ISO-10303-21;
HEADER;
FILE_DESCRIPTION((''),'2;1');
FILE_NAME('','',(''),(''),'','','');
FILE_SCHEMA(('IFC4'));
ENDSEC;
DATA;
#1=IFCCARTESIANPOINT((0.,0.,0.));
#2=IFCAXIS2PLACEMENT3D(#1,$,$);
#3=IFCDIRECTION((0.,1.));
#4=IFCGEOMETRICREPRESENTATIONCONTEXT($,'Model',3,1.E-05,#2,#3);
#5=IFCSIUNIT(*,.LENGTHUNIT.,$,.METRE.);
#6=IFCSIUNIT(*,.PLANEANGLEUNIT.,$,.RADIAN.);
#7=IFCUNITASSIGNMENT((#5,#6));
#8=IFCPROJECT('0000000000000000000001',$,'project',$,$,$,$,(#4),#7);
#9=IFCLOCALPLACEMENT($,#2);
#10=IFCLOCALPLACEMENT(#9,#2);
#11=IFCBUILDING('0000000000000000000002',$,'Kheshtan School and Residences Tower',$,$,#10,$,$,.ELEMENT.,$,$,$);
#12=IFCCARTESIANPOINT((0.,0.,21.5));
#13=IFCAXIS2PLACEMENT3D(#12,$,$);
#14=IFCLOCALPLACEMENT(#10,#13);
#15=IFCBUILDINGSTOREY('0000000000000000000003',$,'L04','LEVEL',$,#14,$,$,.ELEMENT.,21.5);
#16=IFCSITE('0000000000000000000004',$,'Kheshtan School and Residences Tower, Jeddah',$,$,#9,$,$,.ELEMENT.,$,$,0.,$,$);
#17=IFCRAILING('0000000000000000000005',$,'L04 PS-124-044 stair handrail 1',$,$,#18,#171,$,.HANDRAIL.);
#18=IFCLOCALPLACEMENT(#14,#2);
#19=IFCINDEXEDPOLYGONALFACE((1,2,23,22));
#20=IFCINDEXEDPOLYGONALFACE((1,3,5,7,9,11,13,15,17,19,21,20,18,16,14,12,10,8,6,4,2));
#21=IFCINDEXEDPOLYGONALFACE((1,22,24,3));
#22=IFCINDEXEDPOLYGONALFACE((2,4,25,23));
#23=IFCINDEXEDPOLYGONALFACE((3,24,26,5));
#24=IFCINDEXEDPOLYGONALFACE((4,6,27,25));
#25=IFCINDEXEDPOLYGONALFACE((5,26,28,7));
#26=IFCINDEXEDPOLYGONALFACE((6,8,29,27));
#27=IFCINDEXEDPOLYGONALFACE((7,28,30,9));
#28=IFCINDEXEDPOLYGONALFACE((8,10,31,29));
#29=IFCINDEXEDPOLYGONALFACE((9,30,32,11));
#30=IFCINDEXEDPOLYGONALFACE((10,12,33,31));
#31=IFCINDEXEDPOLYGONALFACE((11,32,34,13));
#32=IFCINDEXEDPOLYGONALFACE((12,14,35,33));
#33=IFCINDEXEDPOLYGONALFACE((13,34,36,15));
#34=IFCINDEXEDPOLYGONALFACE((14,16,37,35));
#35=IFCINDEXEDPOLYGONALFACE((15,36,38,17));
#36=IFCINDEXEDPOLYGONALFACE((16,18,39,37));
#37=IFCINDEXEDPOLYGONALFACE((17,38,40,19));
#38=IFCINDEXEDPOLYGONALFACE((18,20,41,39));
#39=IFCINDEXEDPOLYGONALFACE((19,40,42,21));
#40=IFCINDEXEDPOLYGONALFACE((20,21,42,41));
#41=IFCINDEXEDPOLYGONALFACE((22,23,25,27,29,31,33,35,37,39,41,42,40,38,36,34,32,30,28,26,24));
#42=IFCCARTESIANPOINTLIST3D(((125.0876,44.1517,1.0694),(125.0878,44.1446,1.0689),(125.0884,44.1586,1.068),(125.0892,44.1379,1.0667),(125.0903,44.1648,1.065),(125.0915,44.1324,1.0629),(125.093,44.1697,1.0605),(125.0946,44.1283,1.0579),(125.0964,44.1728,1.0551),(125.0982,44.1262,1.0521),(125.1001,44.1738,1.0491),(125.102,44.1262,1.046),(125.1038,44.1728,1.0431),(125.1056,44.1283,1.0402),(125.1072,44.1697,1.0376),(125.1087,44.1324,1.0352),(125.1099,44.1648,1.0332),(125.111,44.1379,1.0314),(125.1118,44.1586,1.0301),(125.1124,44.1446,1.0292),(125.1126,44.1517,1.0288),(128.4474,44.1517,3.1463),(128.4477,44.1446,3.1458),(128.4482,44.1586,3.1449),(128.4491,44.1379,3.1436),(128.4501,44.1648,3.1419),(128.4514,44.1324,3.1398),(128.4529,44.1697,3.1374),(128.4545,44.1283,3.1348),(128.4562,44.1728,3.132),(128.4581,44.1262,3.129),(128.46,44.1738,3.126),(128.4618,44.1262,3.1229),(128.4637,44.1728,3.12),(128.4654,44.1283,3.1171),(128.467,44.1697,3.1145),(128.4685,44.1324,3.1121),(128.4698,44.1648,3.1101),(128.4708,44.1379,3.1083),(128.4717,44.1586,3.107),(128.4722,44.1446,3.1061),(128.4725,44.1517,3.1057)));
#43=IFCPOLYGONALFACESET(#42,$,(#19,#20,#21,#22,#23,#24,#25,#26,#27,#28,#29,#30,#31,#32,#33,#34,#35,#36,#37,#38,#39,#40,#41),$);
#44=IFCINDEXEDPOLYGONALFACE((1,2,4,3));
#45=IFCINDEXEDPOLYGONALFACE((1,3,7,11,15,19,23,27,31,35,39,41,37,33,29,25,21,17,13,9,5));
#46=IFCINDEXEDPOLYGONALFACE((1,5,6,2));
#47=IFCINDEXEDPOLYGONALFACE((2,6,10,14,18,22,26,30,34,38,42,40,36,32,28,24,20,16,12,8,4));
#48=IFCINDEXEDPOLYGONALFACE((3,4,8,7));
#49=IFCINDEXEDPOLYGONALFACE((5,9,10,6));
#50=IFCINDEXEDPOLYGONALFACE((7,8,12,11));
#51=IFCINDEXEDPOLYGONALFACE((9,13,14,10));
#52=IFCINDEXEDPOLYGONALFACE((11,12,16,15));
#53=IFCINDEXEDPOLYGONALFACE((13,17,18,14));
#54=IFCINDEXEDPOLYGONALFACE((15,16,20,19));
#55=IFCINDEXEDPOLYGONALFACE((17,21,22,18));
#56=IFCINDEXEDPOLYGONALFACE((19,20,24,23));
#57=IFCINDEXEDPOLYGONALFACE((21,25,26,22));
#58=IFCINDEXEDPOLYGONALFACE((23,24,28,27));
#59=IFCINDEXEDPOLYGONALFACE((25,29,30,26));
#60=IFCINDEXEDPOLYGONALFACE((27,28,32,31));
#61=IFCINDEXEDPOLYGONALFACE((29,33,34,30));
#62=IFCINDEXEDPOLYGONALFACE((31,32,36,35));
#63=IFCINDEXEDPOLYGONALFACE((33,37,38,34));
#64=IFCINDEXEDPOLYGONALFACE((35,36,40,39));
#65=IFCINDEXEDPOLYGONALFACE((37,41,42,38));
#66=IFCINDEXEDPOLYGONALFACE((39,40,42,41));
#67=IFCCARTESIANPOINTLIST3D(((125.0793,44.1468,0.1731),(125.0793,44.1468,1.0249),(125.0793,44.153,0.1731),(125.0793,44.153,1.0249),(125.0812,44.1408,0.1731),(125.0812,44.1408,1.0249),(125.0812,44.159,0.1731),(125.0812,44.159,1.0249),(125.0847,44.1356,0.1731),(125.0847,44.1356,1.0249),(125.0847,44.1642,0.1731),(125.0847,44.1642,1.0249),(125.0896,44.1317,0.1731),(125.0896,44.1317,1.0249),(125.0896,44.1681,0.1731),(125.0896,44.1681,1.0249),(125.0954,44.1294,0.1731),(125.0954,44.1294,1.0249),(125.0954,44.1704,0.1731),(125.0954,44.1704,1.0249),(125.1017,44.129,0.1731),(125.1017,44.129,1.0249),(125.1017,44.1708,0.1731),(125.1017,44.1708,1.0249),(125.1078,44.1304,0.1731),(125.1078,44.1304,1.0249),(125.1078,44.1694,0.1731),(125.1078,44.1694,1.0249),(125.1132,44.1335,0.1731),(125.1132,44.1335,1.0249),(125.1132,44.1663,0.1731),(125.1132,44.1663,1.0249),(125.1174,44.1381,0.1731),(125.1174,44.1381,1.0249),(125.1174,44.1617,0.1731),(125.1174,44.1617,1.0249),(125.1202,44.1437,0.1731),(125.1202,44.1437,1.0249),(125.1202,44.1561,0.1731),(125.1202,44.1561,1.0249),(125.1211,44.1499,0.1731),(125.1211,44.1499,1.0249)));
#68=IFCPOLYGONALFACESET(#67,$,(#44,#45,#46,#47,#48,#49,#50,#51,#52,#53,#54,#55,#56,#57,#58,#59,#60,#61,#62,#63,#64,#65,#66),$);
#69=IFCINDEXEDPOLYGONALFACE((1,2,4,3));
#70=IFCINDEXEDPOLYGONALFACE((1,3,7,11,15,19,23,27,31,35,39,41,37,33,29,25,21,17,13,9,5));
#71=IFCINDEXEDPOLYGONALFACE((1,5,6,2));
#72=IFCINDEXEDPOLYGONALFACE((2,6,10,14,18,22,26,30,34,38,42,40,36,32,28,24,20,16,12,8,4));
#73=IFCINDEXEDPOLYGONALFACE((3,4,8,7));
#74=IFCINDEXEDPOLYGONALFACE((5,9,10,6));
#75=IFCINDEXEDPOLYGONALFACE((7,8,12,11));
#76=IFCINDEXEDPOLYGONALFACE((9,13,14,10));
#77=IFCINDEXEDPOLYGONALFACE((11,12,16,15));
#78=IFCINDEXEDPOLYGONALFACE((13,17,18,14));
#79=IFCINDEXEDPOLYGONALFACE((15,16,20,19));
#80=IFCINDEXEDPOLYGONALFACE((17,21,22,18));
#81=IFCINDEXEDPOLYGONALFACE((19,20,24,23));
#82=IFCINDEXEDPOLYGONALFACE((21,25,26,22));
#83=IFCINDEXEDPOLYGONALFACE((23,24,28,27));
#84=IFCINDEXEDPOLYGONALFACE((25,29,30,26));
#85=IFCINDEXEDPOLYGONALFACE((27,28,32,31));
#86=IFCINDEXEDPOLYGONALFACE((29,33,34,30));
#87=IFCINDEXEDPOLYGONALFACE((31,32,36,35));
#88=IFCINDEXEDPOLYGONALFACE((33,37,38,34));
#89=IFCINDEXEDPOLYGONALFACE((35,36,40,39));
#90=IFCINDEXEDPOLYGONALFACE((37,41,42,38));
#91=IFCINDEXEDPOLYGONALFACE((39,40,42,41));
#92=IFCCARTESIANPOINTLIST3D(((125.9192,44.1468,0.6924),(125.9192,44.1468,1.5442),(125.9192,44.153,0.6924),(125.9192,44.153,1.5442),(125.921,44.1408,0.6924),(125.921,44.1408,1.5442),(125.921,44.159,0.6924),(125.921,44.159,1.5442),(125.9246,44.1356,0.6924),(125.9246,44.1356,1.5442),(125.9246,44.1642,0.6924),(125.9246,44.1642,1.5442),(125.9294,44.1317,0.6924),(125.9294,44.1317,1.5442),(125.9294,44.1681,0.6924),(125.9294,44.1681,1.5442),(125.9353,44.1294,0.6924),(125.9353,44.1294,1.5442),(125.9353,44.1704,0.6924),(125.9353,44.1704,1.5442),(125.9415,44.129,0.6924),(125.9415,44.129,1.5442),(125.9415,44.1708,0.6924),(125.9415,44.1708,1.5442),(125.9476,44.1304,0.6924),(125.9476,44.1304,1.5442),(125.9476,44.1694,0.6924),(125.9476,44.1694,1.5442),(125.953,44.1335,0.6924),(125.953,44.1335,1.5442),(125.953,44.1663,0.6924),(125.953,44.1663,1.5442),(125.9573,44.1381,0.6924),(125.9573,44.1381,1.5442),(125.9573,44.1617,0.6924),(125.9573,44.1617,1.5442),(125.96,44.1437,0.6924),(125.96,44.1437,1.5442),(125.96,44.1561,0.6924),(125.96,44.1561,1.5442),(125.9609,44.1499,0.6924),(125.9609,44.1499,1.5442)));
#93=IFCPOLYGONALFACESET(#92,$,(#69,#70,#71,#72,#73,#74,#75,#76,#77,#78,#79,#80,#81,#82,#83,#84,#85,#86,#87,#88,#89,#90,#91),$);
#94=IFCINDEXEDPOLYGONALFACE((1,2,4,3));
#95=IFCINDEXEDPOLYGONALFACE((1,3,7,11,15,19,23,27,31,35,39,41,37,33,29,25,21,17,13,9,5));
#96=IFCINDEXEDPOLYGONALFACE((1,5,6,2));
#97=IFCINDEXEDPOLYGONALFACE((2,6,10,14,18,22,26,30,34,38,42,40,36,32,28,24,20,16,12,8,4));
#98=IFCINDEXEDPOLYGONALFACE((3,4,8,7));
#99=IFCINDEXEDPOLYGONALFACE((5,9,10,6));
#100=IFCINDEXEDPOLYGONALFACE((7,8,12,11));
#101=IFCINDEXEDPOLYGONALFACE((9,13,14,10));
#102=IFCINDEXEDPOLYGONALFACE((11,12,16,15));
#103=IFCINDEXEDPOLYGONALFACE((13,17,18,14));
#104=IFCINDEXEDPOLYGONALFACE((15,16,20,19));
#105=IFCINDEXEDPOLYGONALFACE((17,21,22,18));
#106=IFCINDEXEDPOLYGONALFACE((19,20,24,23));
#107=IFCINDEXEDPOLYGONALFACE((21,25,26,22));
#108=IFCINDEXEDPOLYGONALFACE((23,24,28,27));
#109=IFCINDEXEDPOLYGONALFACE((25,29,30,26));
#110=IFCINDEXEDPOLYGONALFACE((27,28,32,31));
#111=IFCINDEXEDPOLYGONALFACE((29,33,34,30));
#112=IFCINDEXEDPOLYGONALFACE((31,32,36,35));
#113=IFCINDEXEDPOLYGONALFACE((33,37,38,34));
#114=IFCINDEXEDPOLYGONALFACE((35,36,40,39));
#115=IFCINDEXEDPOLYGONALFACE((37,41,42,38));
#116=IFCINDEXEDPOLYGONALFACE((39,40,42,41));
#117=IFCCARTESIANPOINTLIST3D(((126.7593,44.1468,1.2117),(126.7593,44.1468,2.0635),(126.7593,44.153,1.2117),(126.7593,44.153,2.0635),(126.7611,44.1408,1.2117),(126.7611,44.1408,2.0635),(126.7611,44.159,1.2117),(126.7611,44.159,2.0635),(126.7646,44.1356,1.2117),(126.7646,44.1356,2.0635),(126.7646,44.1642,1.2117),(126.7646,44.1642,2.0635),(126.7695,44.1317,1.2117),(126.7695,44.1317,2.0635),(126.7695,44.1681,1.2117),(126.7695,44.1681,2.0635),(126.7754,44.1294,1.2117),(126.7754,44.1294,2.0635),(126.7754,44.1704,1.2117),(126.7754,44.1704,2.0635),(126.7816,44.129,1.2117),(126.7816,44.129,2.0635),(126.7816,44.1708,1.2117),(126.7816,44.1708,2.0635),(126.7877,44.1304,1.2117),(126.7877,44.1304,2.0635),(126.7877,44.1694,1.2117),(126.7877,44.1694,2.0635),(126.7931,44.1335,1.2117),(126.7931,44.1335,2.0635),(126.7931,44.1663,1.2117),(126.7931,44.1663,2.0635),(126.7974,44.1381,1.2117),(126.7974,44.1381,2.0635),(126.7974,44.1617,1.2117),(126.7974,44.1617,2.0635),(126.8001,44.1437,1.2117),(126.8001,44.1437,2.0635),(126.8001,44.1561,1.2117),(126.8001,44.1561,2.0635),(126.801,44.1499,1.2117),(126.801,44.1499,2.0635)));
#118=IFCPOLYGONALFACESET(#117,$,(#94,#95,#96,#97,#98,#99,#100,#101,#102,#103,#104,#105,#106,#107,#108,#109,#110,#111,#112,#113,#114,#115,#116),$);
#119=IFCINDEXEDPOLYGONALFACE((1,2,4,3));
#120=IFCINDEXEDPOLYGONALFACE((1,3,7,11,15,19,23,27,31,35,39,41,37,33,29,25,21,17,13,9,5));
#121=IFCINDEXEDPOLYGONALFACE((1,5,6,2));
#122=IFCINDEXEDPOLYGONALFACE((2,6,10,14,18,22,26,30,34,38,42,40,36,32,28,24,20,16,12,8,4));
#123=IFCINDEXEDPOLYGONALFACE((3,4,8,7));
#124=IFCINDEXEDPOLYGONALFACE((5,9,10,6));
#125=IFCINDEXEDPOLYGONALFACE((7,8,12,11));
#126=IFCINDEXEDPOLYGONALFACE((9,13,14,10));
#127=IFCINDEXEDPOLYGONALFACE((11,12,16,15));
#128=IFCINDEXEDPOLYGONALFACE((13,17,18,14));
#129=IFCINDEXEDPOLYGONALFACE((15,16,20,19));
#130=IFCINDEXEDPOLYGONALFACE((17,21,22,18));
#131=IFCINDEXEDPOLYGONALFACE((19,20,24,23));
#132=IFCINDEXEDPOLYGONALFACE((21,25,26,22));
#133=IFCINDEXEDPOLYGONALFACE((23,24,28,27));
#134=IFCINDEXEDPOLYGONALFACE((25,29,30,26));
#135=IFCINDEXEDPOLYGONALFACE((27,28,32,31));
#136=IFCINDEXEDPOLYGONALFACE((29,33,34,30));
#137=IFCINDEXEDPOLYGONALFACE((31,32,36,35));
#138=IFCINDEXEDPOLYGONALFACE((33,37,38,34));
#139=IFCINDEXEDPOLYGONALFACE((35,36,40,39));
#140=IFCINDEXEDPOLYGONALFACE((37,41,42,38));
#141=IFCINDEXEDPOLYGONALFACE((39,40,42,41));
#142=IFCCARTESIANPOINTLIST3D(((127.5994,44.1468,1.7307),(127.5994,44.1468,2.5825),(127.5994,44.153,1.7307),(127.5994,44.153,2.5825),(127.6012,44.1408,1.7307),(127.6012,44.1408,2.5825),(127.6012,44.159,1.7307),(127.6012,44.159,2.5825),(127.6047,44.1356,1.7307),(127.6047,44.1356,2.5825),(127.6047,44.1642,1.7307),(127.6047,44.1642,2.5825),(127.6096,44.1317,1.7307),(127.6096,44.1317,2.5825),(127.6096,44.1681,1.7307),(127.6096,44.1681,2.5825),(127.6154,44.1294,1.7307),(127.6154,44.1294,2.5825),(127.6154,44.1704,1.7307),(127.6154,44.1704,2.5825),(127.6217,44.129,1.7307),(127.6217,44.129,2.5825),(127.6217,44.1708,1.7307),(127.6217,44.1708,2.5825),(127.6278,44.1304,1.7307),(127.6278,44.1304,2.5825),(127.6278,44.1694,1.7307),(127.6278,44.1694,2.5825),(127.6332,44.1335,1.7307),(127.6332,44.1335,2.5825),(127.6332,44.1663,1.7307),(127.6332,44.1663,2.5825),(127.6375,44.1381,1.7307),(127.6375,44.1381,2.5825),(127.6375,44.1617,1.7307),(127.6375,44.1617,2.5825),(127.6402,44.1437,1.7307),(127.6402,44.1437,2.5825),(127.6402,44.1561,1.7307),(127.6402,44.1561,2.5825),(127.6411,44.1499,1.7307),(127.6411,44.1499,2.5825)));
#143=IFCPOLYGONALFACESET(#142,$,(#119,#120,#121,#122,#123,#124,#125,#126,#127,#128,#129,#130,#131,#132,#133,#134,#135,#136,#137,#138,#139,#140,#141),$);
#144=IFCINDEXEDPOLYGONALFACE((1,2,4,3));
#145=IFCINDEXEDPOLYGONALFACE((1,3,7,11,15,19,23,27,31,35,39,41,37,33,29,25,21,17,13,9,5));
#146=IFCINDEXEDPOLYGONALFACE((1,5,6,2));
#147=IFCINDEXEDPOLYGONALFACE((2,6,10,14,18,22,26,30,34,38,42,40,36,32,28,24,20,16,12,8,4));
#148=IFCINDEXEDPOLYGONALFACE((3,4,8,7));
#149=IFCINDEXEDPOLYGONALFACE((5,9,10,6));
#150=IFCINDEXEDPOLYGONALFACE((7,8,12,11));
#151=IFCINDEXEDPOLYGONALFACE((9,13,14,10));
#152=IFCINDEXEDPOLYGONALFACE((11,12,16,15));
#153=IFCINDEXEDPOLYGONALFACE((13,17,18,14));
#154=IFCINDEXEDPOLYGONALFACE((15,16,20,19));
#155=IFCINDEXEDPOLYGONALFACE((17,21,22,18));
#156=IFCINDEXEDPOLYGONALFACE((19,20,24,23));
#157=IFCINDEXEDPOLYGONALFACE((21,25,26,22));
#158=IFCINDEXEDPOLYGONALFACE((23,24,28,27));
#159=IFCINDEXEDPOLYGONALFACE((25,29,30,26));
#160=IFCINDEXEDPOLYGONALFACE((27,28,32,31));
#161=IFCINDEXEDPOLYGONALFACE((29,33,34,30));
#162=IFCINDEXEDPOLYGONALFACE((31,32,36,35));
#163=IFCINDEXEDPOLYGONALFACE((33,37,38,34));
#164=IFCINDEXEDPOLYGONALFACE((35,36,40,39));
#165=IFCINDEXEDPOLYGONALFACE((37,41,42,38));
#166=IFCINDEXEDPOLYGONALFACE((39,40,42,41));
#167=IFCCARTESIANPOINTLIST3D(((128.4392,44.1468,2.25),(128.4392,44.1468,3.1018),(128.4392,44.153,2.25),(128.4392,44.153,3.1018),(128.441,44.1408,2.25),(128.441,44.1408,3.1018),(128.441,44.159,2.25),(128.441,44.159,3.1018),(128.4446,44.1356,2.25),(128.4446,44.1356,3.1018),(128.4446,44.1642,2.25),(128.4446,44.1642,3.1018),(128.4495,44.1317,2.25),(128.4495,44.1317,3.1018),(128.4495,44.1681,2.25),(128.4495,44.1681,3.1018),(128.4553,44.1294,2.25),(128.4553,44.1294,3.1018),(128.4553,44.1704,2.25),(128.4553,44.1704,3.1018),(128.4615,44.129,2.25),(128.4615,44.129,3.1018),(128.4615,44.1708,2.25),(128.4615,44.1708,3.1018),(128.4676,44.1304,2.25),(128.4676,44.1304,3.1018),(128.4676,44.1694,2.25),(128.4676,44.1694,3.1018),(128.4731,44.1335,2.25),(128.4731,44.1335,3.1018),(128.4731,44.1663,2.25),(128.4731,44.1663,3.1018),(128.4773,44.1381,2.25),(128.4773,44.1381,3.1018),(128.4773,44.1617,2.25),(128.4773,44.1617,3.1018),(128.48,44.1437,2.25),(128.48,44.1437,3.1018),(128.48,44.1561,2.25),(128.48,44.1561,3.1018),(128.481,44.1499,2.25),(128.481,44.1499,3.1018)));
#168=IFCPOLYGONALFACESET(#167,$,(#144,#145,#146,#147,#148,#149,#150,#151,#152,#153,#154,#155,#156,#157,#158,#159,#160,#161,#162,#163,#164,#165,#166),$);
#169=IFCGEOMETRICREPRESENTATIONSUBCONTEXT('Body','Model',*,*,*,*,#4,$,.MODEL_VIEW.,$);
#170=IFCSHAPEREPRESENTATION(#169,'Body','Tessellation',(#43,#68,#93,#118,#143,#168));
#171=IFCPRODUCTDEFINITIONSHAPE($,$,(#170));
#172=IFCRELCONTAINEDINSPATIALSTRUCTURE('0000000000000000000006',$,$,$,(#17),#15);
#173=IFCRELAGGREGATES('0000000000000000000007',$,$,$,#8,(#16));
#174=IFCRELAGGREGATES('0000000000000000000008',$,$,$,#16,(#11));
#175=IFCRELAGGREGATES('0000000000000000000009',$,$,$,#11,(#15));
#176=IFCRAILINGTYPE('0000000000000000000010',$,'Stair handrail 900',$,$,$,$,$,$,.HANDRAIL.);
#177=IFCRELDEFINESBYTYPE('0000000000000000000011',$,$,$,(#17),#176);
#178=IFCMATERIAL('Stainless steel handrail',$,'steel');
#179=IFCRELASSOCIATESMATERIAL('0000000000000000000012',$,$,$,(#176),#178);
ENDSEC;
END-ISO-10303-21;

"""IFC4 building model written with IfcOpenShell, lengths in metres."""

from ifc_helpers import new_model, si_unit, direction, frame, origin, origin_2d, place, context, subcontext, project, spatial, circle, extrude, material, type_object, element, save


model = new_model("IFC4")

# Units and contexts
model_context = context("Model", 3, precision=1e-05, world=origin(), true_north=direction((0.0, 1.0)))
body_context = subcontext(model_context, "Body", "Model", "MODEL_VIEW")
ifc_project = project(units=[si_unit("LENGTHUNIT", "METRE"), si_unit("PLANEANGLEUNIT", "RADIAN")], contexts=[model_context])

# Site, building, storey
site_placement = place(None, origin())
site = spatial("IfcSite", under=ifc_project, at=site_placement, Name="Kheshtan School and Residences Tower, Jeddah", CompositionType="ELEMENT", RefElevation=0.0)
building_placement = place(site_placement, origin())
building = spatial("IfcBuilding", under=site, at=building_placement, Name="Kheshtan School and Residences Tower", CompositionType="ELEMENT")
storey_placement = place(building_placement, frame((0.0, 0.0, 21.5)))
storey = spatial("IfcBuildingStorey", under=building, at=storey_placement, Name="L04", Description="LEVEL", CompositionType="ELEMENT", Elevation=21.5)

# Railing
ifc_material_1 = material(Name="Stainless steel handrail", Category="steel")
railing_type_1 = type_object("IfcRailingType", Name="Stair handrail 900", PredefinedType="HANDRAIL", material=ifc_material_1)
railing_1_placement = place(storey_placement, frame((125.1001, 44.1499, 0.1731)))
element("IfcRailing", 1, at=railing_1_placement, inside=storey, type_object=railing_type_1, Name="L04 PS-124-044 stair handrail 1", PredefinedType="HANDRAIL", context=body_context, shape_type="SweptSolid", body=[
    extrude(circle(Radius=0.0239, at=origin_2d()), frame((0.0, 0.0, 0.876), z_axis=(0.850606, 0.0, 0.525803), x_axis=(0.0, 1.0, 0.0)), (0.0, 0.0, 1.0), 3.95),
    extrude(circle(Radius=0.021, at=origin_2d()), origin(), (0.0, 0.0, 1.0), 0.8518),
    extrude(circle(Radius=0.021, at=origin_2d()), frame((0.8398, 0.0, 0.5193)), (0.0, 0.0, 1.0), 0.8518),
    extrude(circle(Radius=0.021, at=origin_2d()), frame((1.6799, 0.0, 1.0386)), (0.0, 0.0, 1.0), 0.8518),
    extrude(circle(Radius=0.021, at=origin_2d()), frame((2.52, 0.0, 1.5576)), (0.0, 0.0, 1.0), 0.8518),
    extrude(circle(Radius=0.021, at=origin_2d()), frame((3.3599, 0.0, 2.0769)), (0.0, 0.0, 1.0), 0.8518),
])

save(model, "model.ifc")
